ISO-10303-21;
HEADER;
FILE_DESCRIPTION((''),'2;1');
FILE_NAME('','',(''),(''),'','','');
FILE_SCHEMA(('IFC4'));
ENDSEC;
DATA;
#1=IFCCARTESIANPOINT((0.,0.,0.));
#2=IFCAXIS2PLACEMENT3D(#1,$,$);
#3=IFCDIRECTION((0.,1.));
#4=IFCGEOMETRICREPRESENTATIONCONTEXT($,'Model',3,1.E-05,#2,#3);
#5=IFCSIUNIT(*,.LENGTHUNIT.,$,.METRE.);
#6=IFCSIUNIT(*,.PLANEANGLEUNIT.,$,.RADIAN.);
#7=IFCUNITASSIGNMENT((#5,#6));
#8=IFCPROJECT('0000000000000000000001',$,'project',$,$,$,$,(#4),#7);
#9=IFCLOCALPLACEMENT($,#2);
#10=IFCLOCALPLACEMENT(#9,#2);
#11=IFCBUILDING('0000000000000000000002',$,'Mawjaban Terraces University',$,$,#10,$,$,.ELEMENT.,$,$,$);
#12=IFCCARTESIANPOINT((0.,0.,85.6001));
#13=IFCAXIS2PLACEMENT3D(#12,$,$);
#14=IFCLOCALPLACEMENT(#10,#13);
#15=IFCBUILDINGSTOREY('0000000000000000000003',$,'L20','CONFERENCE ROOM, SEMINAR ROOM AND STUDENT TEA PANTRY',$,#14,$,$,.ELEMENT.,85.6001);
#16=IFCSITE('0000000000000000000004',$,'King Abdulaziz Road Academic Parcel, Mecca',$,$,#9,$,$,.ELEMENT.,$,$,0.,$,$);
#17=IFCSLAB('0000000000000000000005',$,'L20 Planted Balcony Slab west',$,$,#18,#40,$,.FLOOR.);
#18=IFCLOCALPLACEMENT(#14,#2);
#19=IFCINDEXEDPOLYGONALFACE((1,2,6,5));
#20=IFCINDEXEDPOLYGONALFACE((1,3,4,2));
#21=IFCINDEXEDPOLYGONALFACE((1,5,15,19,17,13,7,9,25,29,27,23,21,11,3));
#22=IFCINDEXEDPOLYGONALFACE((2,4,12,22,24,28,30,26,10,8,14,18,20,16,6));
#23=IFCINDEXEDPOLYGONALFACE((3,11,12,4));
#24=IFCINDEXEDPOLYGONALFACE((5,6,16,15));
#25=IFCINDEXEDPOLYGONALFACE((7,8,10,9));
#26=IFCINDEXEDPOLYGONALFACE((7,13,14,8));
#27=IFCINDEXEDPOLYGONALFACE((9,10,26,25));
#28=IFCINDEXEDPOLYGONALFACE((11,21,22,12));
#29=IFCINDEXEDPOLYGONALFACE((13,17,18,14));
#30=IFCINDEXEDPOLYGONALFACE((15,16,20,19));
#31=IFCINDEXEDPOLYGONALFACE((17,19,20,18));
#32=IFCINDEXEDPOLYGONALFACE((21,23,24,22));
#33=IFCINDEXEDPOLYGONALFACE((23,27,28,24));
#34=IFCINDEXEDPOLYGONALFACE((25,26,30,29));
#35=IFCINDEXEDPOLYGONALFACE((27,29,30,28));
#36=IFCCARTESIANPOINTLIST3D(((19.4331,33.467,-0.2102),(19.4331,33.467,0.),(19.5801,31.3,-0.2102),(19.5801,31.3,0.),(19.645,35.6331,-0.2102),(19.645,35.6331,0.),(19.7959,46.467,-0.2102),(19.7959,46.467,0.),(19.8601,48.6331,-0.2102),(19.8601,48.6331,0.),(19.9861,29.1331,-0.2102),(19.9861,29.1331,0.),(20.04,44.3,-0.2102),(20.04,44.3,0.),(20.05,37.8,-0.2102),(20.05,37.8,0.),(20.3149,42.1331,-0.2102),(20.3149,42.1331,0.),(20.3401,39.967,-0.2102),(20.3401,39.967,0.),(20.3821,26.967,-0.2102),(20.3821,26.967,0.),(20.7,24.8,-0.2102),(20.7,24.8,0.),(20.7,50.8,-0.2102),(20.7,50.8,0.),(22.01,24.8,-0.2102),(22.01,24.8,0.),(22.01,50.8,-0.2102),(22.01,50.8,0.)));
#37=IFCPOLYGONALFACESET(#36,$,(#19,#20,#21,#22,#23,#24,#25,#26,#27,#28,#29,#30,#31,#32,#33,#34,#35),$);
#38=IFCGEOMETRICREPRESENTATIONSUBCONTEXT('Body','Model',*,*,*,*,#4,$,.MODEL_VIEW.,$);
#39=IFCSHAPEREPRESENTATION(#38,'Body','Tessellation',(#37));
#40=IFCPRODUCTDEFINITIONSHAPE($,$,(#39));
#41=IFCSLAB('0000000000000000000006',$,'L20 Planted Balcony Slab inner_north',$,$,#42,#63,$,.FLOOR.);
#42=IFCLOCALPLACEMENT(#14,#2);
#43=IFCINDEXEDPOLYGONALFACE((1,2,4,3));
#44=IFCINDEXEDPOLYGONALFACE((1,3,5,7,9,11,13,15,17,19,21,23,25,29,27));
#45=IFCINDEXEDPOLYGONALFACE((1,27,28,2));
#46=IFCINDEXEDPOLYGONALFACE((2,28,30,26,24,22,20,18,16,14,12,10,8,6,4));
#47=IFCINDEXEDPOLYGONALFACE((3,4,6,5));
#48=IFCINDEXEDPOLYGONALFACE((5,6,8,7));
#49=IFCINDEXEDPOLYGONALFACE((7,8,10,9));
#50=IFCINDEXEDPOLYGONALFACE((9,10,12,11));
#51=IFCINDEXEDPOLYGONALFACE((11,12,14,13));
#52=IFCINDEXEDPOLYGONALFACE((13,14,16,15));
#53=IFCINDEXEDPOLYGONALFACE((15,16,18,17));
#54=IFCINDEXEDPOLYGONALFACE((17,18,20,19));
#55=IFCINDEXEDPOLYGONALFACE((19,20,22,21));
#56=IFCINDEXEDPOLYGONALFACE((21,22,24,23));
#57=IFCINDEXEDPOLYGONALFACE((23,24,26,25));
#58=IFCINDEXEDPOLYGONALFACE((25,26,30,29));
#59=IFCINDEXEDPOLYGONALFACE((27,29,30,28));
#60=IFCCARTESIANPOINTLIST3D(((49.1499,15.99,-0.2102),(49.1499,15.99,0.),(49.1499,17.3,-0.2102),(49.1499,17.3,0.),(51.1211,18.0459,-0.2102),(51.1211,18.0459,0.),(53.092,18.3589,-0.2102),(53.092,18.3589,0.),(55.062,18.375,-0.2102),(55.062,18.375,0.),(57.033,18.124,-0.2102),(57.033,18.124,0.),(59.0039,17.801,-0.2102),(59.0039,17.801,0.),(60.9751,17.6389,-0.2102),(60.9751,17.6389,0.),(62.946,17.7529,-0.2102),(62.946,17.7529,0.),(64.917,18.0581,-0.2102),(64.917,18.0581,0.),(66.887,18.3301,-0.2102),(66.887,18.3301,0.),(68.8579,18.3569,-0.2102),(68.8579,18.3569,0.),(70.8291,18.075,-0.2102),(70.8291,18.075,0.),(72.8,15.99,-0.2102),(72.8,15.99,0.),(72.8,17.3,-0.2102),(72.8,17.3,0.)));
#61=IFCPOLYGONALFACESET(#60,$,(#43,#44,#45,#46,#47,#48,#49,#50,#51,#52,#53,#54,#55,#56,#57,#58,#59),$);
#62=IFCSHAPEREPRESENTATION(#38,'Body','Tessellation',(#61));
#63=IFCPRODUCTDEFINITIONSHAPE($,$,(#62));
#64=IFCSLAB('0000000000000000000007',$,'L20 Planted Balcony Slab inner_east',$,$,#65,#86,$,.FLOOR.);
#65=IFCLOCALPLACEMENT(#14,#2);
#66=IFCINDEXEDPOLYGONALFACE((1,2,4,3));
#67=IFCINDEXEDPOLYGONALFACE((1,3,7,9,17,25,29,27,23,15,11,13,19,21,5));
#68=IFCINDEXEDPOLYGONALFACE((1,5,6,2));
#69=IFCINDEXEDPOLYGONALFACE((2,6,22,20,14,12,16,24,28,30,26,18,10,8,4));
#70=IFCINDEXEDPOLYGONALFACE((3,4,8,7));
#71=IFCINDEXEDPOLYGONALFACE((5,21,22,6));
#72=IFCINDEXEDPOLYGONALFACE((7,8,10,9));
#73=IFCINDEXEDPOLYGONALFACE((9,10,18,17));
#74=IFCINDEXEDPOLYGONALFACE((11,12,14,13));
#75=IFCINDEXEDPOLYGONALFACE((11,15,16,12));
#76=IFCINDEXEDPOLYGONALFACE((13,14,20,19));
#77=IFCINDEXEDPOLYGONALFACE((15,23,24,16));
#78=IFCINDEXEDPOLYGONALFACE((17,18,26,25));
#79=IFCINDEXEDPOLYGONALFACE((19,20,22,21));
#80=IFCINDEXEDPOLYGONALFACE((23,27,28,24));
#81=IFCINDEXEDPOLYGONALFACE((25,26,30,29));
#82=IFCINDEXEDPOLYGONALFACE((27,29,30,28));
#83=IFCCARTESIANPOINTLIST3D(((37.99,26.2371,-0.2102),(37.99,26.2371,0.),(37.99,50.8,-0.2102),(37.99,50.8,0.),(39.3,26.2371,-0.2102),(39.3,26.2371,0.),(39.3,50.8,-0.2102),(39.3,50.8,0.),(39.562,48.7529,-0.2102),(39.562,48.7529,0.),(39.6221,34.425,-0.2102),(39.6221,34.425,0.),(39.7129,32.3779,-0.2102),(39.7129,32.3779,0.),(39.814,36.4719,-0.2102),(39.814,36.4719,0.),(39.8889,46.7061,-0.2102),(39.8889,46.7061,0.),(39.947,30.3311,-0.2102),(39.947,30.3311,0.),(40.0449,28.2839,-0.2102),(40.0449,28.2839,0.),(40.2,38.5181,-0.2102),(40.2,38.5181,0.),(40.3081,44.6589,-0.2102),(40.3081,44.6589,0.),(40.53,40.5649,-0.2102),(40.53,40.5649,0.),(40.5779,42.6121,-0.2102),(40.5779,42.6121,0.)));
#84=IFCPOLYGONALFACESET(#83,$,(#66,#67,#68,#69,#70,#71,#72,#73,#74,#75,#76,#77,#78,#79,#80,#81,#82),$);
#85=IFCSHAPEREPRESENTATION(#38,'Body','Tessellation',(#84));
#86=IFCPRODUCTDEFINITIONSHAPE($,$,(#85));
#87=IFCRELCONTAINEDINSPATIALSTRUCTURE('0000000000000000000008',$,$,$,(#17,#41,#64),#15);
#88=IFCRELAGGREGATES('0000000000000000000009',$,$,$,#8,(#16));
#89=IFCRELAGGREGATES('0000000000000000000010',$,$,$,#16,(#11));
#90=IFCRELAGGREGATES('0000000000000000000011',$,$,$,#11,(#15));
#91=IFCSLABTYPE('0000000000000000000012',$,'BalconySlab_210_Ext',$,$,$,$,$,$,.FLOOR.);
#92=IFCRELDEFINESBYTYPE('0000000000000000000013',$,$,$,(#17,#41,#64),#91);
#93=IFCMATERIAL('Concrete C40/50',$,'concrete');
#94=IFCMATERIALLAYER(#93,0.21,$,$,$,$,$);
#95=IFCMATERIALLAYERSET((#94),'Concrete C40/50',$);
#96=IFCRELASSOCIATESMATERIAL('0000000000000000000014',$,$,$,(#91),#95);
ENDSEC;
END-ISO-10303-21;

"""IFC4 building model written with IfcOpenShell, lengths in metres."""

from ifc_helpers import new_model, si_unit, direction, frame, origin, place, context, subcontext, project, spatial, polyline, outline, extrude, material, layer, layer_set, type_object, element, save


model = new_model("IFC4")

# Units and contexts
model_context = context("Model", 3, precision=1e-05, world=origin(), true_north=direction((0.0, 1.0)))
body_context = subcontext(model_context, "Body", "Model", "MODEL_VIEW")
ifc_project = project(units=[si_unit("LENGTHUNIT", "METRE"), si_unit("PLANEANGLEUNIT", "RADIAN")], contexts=[model_context])

# Site, building, storey
site_placement = place(None, origin())
site = spatial("IfcSite", under=ifc_project, at=site_placement, Name="King Abdulaziz Road Academic Parcel, Mecca", CompositionType="ELEMENT", RefElevation=0.0)
building_placement = place(site_placement, origin())
building = spatial("IfcBuilding", under=site, at=building_placement, Name="Mawjaban Terraces University", CompositionType="ELEMENT")
storey_placement = place(building_placement, frame((0.0, 0.0, 85.6001)))
storey = spatial("IfcBuildingStorey", under=building, at=storey_placement, Name="L20", Description="CONFERENCE ROOM, SEMINAR ROOM AND STUDENT TEA PANTRY", CompositionType="ELEMENT", Elevation=85.6001)

# Slabs
ifc_material_1 = material(Name="Concrete C40/50", Category="concrete")
ifc_layer_1 = layer(ifc_material_1, 0.21)
ifc_layer_set_1 = layer_set([ifc_layer_1], Name="Concrete C40/50")
slab_type_1 = type_object("IfcSlabType", Name="BalconySlab_210_Ext", PredefinedType="FLOOR", material=ifc_layer_set_1)
slab_1_placement = place(storey_placement, frame((0.0, 0.0, -0.2102)))
element("IfcSlab", 1, at=slab_1_placement, inside=storey, type_object=slab_type_1, Name="L20 Planted Balcony Slab west", PredefinedType="FLOOR", context=body_context, shape_type="SweptSolid", body=[
    extrude(outline(polyline([(22.01, 24.8), (22.01, 50.8), (20.7, 50.8), (19.8601, 48.6331), (19.7959, 46.467), (20.04, 44.3), (20.3149, 42.1331), (20.3401, 39.967), (20.05, 37.8), (19.645, 35.6331), (19.4331, 33.467), (19.5801, 31.3), (19.9861, 29.1331), (20.3821, 26.967), (20.7, 24.8), (22.01, 24.8)])), origin(), (0.0, 0.0, 1.0), 0.2102),
])
slab_2_placement = place(storey_placement, frame((0.0, 0.0, -0.2102)))
element("IfcSlab", 2, at=slab_2_placement, inside=storey, type_object=slab_type_1, Name="L20 Planted Balcony Slab inner_north", PredefinedType="FLOOR", context=body_context, shape_type="SweptSolid", body=[
    extrude(outline(polyline([(49.1499, 15.99), (72.8, 15.99), (72.8, 17.3), (70.8291, 18.075), (68.8579, 18.3569), (66.887, 18.3301), (64.917, 18.0581), (62.946, 17.7529), (60.9751, 17.6389), (59.0039, 17.801), (57.033, 18.124), (55.062, 18.375), (53.092, 18.3589), (51.1211, 18.0459), (49.1499, 17.3), (49.1499, 15.99)])), origin(), (0.0, 0.0, 1.0), 0.2102),
])
slab_3_placement = place(storey_placement, frame((0.0, 0.0, -0.2102)))
element("IfcSlab", 3, at=slab_3_placement, inside=storey, type_object=slab_type_1, Name="L20 Planted Balcony Slab inner_east", PredefinedType="FLOOR", context=body_context, shape_type="SweptSolid", body=[
    extrude(outline(polyline([(39.3, 26.2371), (40.0449, 28.2839), (39.947, 30.3311), (39.7129, 32.3779), (39.6221, 34.425), (39.814, 36.4719), (40.2, 38.5181), (40.53, 40.5649), (40.5779, 42.6121), (40.3081, 44.6589), (39.8889, 46.7061), (39.562, 48.7529), (39.3, 50.8), (37.99, 50.8), (37.99, 26.2371), (39.3, 26.2371)])), origin(), (0.0, 0.0, 1.0), 0.2102),
])

save(model, "model.ifc")
